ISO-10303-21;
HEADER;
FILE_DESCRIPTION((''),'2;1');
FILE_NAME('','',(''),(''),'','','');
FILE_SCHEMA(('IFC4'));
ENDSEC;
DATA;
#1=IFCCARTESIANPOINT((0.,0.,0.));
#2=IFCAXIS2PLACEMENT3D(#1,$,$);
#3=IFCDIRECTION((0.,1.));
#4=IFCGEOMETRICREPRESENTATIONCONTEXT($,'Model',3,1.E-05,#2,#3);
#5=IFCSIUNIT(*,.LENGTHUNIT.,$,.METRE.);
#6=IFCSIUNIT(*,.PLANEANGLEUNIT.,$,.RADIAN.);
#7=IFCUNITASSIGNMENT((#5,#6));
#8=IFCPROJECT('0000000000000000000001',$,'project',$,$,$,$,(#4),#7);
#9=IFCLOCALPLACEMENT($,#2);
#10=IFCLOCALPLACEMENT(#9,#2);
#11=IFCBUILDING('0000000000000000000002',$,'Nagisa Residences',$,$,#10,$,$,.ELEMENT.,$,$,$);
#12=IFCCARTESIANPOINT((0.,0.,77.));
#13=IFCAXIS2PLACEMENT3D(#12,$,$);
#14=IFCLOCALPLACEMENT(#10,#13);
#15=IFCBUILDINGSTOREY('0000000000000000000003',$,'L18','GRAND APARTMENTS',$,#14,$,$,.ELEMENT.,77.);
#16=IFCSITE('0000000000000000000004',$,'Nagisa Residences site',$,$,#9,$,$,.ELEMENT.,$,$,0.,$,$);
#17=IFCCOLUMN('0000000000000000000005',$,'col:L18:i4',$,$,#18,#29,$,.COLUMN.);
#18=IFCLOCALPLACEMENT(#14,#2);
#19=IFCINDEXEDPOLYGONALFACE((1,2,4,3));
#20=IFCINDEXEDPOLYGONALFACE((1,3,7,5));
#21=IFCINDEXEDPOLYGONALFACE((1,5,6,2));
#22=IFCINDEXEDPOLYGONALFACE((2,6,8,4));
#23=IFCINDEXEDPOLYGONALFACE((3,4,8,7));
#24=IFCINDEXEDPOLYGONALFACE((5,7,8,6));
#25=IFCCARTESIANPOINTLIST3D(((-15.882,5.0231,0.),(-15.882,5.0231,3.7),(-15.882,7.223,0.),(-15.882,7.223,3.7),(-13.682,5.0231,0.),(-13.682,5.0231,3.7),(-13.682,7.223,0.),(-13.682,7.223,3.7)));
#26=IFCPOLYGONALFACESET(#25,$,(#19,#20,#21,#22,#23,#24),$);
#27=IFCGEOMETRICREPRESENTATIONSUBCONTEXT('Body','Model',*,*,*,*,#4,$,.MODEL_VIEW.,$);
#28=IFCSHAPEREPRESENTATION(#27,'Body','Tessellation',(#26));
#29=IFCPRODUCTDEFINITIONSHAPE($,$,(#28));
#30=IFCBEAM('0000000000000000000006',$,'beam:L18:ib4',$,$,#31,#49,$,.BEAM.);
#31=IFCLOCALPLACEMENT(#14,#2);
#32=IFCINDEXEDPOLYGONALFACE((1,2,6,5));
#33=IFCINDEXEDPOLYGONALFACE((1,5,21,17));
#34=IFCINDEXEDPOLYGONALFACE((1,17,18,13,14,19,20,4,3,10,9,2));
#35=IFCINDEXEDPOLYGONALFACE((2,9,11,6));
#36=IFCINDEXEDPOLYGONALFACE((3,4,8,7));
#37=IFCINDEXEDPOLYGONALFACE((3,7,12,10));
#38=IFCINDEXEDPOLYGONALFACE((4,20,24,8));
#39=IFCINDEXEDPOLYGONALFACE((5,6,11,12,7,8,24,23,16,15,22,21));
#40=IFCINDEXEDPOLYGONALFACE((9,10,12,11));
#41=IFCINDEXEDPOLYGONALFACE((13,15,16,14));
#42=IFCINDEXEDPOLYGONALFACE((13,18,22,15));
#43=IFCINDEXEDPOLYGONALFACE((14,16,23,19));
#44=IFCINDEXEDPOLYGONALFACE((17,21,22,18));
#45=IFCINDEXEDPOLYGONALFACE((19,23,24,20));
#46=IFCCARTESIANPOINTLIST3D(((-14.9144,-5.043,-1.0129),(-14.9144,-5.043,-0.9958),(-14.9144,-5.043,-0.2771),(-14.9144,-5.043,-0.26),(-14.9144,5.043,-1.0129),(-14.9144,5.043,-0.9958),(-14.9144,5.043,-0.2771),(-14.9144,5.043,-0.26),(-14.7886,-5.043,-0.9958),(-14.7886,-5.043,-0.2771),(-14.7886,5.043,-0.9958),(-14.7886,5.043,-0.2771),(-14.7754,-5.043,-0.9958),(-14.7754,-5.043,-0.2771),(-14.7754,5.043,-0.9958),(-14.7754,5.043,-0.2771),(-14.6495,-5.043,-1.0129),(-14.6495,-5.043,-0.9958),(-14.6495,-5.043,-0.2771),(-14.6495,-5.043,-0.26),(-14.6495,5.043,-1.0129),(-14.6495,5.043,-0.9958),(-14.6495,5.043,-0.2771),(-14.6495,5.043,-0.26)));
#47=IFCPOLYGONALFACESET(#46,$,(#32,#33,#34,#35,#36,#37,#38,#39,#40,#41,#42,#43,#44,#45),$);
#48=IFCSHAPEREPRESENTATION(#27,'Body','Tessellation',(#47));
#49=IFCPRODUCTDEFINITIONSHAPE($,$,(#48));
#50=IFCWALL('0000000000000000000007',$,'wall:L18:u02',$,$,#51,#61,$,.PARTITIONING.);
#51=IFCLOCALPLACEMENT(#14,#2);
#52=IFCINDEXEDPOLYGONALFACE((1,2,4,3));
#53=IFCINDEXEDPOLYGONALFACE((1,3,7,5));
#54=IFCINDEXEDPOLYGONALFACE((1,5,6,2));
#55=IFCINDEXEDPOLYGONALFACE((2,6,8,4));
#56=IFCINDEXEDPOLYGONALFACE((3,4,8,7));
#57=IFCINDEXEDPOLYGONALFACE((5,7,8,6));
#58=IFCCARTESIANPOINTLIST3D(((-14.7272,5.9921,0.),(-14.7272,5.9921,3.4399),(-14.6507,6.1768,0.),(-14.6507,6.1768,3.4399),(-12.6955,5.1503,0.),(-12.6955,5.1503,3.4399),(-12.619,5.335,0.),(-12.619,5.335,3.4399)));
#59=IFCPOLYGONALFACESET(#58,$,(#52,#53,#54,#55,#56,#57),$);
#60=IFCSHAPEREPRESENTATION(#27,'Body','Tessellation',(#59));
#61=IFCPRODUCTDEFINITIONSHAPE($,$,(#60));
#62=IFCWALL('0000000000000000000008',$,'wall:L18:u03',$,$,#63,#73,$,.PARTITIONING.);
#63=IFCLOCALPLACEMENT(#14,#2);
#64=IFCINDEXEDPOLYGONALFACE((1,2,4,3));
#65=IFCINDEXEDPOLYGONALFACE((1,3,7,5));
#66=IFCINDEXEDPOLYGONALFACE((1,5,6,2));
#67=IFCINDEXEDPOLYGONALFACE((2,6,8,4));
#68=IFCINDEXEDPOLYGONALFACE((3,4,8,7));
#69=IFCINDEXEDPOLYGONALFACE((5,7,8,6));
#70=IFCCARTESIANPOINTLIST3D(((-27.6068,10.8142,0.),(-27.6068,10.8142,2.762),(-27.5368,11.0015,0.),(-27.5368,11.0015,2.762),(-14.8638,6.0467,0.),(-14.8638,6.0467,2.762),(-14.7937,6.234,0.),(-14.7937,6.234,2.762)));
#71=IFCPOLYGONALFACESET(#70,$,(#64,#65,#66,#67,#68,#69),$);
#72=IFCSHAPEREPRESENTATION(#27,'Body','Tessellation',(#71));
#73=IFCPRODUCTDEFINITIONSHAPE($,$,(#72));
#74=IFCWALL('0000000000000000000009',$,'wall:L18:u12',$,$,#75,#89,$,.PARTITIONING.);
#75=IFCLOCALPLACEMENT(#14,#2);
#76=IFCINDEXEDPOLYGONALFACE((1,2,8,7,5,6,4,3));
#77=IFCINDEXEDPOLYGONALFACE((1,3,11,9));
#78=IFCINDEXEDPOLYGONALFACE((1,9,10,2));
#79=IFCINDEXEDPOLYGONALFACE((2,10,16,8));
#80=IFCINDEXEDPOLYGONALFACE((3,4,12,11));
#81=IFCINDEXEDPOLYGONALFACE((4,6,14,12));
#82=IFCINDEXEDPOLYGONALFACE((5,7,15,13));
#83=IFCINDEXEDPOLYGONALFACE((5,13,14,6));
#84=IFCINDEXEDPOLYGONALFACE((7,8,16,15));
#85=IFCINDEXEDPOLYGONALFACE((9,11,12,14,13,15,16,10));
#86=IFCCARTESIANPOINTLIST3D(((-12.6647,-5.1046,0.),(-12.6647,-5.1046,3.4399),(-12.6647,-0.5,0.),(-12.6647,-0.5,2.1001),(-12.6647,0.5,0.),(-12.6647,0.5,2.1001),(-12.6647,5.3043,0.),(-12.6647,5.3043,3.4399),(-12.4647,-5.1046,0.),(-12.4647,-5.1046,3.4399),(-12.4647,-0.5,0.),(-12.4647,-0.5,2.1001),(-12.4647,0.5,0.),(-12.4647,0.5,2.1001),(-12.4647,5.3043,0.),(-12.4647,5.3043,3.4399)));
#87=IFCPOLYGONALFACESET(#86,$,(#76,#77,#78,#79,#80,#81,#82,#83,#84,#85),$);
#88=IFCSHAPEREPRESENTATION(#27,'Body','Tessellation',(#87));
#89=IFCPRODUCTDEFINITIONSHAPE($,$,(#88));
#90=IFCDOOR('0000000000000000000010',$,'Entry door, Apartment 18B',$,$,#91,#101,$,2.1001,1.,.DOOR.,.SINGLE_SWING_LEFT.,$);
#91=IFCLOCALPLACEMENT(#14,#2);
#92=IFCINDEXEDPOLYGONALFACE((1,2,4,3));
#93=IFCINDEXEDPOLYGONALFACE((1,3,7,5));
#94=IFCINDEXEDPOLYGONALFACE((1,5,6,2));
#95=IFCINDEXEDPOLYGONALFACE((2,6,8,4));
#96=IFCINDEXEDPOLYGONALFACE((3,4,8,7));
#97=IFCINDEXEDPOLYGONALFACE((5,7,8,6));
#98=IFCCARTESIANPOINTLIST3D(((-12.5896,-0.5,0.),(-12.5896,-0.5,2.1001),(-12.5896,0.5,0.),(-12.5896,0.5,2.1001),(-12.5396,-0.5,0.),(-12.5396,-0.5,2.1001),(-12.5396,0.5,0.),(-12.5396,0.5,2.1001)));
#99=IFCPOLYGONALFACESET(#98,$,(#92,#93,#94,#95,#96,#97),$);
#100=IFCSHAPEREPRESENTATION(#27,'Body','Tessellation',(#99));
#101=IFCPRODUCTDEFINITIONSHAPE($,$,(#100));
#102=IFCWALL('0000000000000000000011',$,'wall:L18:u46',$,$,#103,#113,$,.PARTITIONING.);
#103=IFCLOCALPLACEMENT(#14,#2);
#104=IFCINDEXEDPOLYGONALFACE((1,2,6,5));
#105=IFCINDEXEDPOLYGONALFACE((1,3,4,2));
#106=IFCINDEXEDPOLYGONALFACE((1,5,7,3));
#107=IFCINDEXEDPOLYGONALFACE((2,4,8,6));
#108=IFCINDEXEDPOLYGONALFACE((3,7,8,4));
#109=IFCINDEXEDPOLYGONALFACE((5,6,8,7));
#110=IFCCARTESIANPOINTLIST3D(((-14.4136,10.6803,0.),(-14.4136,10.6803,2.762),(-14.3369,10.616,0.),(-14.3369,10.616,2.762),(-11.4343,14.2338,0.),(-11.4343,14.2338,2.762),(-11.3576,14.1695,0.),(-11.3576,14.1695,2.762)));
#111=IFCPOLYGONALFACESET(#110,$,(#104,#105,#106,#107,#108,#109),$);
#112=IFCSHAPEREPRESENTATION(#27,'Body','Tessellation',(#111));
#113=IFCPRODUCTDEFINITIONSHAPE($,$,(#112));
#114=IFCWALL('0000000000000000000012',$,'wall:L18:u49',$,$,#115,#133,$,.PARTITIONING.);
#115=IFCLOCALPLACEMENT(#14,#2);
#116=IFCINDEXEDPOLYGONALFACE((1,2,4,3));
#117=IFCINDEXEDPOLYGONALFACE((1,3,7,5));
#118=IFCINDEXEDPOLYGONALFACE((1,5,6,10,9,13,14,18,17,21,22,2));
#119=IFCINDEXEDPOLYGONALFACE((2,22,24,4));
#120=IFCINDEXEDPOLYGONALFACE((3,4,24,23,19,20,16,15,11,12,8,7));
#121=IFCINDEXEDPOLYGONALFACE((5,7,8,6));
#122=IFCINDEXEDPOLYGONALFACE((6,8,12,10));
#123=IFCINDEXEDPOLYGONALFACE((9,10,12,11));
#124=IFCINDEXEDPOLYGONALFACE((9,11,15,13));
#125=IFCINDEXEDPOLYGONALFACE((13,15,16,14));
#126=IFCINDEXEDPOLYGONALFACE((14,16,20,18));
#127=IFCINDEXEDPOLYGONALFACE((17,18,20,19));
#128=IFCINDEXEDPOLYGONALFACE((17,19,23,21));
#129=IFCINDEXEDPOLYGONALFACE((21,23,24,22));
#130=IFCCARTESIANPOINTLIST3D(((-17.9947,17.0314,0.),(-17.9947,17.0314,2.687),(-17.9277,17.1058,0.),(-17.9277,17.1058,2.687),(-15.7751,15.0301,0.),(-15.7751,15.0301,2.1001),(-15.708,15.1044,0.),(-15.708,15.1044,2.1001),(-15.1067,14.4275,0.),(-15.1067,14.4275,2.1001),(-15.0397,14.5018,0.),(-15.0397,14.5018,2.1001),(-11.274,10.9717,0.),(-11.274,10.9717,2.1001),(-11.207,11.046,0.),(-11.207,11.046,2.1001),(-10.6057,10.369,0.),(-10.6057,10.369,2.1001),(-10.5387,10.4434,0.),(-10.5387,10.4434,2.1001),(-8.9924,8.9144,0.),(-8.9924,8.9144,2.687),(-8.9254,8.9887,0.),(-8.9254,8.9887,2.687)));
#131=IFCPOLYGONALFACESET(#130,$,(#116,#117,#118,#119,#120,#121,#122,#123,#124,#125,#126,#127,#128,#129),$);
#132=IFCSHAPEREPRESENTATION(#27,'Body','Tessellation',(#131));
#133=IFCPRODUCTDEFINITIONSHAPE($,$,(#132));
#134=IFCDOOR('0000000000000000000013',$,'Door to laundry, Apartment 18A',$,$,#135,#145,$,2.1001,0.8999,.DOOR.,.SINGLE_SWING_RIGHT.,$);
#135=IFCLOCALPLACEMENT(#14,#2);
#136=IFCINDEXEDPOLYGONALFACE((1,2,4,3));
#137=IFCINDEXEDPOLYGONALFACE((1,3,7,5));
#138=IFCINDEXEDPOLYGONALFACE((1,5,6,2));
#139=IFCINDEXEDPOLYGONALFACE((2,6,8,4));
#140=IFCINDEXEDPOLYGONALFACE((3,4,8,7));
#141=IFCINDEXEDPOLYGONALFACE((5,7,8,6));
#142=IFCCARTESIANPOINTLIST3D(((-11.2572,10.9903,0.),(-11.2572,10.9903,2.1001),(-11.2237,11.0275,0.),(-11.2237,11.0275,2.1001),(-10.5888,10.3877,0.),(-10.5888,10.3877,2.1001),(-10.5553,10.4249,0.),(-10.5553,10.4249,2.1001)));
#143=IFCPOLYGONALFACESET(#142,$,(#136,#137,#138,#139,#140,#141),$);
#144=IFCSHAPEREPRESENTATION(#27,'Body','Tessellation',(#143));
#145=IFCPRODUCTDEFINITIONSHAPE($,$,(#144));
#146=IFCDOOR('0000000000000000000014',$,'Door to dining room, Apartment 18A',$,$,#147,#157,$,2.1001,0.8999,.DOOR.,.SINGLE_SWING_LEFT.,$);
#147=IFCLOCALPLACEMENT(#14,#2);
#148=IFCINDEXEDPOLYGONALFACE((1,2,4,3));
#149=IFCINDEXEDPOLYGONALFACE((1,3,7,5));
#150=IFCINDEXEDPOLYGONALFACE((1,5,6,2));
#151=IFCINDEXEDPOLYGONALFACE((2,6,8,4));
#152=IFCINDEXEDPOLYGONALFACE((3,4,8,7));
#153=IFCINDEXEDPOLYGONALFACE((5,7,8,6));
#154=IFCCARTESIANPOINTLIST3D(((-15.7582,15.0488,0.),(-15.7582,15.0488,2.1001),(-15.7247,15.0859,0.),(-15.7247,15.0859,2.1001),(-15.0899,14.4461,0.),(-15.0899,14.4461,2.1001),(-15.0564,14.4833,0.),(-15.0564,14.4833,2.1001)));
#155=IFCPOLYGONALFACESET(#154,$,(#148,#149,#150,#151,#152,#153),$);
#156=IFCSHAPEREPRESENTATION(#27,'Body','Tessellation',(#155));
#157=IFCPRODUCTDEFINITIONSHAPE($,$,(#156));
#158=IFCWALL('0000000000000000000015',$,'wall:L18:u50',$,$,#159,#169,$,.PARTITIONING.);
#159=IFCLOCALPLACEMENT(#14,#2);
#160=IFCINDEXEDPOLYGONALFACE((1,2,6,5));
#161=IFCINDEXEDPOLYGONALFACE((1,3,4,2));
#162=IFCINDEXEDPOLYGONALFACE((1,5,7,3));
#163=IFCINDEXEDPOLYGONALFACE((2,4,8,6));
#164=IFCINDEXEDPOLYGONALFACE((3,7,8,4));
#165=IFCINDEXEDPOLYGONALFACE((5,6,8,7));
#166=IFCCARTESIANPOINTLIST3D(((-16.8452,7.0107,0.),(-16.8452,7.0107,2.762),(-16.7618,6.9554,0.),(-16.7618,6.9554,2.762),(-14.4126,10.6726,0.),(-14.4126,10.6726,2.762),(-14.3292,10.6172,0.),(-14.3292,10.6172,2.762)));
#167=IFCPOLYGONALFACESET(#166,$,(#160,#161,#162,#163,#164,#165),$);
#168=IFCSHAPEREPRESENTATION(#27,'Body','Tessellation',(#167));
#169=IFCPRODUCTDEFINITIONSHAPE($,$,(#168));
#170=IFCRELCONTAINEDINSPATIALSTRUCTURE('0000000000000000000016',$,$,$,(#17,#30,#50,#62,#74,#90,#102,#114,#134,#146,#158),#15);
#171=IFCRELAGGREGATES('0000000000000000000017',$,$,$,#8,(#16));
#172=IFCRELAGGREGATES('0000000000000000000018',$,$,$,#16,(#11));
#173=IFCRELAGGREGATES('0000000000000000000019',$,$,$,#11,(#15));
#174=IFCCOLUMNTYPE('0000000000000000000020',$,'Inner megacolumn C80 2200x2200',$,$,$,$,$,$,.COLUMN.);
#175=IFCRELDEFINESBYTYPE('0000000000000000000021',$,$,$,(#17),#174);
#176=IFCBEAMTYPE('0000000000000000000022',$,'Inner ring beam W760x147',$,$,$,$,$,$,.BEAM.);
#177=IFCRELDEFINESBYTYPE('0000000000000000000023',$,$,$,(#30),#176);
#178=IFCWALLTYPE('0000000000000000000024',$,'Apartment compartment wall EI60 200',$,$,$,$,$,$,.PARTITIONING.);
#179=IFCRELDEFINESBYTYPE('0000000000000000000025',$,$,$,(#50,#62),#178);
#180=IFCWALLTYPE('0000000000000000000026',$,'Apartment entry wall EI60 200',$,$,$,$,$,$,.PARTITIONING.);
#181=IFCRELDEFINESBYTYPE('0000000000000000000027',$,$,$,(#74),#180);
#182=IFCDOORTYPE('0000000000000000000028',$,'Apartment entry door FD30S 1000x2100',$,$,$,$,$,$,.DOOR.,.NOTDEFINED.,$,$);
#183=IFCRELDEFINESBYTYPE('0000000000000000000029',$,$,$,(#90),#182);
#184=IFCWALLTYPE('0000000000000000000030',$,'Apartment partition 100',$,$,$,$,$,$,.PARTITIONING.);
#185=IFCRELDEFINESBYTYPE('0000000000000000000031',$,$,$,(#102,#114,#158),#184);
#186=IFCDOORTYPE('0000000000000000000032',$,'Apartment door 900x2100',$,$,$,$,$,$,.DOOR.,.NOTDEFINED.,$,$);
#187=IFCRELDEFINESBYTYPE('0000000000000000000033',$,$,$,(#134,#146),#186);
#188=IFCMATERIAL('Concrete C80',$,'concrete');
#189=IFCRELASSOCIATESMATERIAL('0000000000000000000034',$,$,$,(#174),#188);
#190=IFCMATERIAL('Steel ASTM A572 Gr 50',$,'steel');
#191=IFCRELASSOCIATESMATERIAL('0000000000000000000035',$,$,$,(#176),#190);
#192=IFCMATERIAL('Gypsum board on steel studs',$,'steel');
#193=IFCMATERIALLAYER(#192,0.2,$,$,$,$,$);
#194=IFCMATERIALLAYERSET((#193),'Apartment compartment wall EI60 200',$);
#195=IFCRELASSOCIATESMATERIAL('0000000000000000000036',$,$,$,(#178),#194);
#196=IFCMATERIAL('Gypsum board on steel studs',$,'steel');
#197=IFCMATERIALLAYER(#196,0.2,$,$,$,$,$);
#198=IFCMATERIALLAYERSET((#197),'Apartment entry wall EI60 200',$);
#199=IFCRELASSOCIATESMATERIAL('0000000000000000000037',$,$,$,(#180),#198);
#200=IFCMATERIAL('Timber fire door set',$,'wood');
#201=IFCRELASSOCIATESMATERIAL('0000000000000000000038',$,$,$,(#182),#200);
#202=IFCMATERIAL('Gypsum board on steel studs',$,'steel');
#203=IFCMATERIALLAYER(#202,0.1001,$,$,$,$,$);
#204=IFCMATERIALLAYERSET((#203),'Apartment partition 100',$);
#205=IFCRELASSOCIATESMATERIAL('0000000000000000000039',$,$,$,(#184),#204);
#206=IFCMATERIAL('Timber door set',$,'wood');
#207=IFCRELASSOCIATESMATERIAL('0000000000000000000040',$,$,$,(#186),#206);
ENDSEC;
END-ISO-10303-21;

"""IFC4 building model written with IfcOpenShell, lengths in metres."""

from ifc_helpers import new_model, si_unit, direction, frame, frame_2d, origin, origin_2d, place, context, subcontext, project, spatial, rectangle, i_section, extrude, material, layer, layer_set, material_profile, profile_set, type_object, element, fill, save


model = new_model("IFC4")

# Units and contexts
model_context = context("Model", 3, precision=1e-05, world=origin(), true_north=direction((0.0, 1.0)))
body_context = subcontext(model_context, "Body", "Model", "MODEL_VIEW")
ifc_project = project(units=[si_unit("LENGTHUNIT", "METRE"), si_unit("PLANEANGLEUNIT", "RADIAN")], contexts=[model_context])

# Site, building, storey
site_placement = place(None, origin())
site = spatial("IfcSite", under=ifc_project, at=site_placement, Name="Nagisa Residences site", CompositionType="ELEMENT", RefElevation=0.0)
building_placement = place(site_placement, origin())
building = spatial("IfcBuilding", under=site, at=building_placement, Name="Nagisa Residences", CompositionType="ELEMENT")
storey_placement = place(building_placement, frame((0.0, 0.0, 77.0)))
storey = spatial("IfcBuildingStorey", under=building, at=storey_placement, Name="L18", Description="GRAND APARTMENTS", CompositionType="ELEMENT", Elevation=77.0)

# Column
ifc_material_1 = material(Name="Concrete C80", Category="concrete")
ifc_material_profile_1 = material_profile(ifc_material_1, rectangle(XDim=2.2, YDim=2.2, at=origin_2d()), Name="C80 2200x2200")
ifc_profile_set_1 = profile_set([ifc_material_profile_1], Name="Concrete C80")
column_type = type_object("IfcColumnType", Name="Inner megacolumn C80 2200x2200", PredefinedType="COLUMN", material=ifc_profile_set_1)
column_placement = place(storey_placement, frame((-14.782, 6.123, 0.0), z_axis=(0.0, 0.0, 1.0), x_axis=(1.0, 0.0, 0.0)))
element("IfcColumn", 1, at=column_placement, inside=storey, type_object=column_type, Name="col:L18:i4", PredefinedType="COLUMN", context=body_context, shape_type="SweptSolid", body=[
    extrude(rectangle(XDim=2.2, YDim=2.2, at=origin_2d()), origin(), (0.0, 0.0, 1.0), 3.7),
])

# Beam
ifc_material_2 = material(Name="Steel ASTM A572 Gr 50", Category="steel")
ifc_material_profile_2 = material_profile(ifc_material_2, i_section(OverallWidth=0.2649, OverallDepth=0.7529, WebThickness=0.0132, FlangeThickness=0.0171, at=origin_2d()), Name="W760x147")
ifc_profile_set_2 = profile_set([ifc_material_profile_2], Name="Steel ASTM A572 Gr 50")
beam_type = type_object("IfcBeamType", Name="Inner ring beam W760x147", PredefinedType="BEAM", material=ifc_profile_set_2)
beam_placement = place(storey_placement, frame((-14.782, 5.043, -0.6365), z_axis=(0.0, -1.0, 0.0), x_axis=(1.0, 0.0, 0.0)))
element("IfcBeam", 2, at=beam_placement, inside=storey, type_object=beam_type, Name="beam:L18:ib4", PredefinedType="BEAM", context=body_context, shape_type="SweptSolid", body=[
    extrude(i_section(OverallWidth=0.2649, OverallDepth=0.7529, WebThickness=0.0132, FlangeThickness=0.0171, at=origin_2d()), origin(), (0.0, 0.0, 1.0), 10.0859),
])

# Walls
ifc_material_3 = material(Name="Gypsum board on steel studs", Category="steel")
ifc_layer_1 = layer(ifc_material_3, 0.2)
ifc_layer_set_1 = layer_set([ifc_layer_1], Name="Apartment compartment wall EI60 200")
wall_type_1 = type_object("IfcWallType", Name="Apartment compartment wall EI60 200", PredefinedType="PARTITIONING", material=ifc_layer_set_1)
wall_1_placement = place(storey_placement, frame((-12.6572, 5.2427, 0.0), z_axis=(0.0, 0.0, 1.0), x_axis=(-0.923844, 0.38277, 0.0)))
element("IfcWall", 3, at=wall_1_placement, inside=storey, type_object=wall_type_1, Name="wall:L18:u02", PredefinedType="PARTITIONING", context=body_context, shape_type="SweptSolid", body=[
    extrude(rectangle(XDim=2.1992, YDim=0.2, at=frame_2d((1.0996, 0.0))), origin(), (0.0, 0.0, 1.0), 3.4399),
])
wall_2_placement = place(storey_placement, frame((-14.8289, 6.1404, 0.0), z_axis=(0.0, 0.0, 1.0), x_axis=(-0.936597, 0.350408, 0.0)))
element("IfcWall", 4, at=wall_2_placement, inside=storey, type_object=wall_type_1, Name="wall:L18:u03", PredefinedType="PARTITIONING", context=body_context, shape_type="SweptSolid", body=[
    extrude(rectangle(XDim=13.6057, YDim=0.2, at=frame_2d((6.8027, 0.0))), origin(), (0.0, 0.0, 1.0), 2.762),
])

# Wall, opening, door
ifc_material_4 = material(Name="Gypsum board on steel studs", Category="steel")
ifc_layer_2 = layer(ifc_material_4, 0.2)
ifc_layer_set_2 = layer_set([ifc_layer_2], Name="Apartment entry wall EI60 200")
wall_type_2 = type_object("IfcWallType", Name="Apartment entry wall EI60 200", PredefinedType="PARTITIONING", material=ifc_layer_set_2)
wall_3_placement = place(storey_placement, frame((-12.5647, 5.3044, 0.0), z_axis=(0.0, 0.0, 1.0), x_axis=(0.0, -1.0, 0.0)))
wall_3 = element("IfcWall", 5, at=wall_3_placement, inside=storey, type_object=wall_type_2, Name="wall:L18:u12", PredefinedType="PARTITIONING", context=body_context, shape_type="SweptSolid", body=[
    extrude(rectangle(XDim=10.4089, YDim=0.2, at=frame_2d((5.2046, 0.0))), origin(), (0.0, 0.0, 1.0), 3.4399),
])
opening_1_placement = place(wall_3_placement, frame((4.8044, 0.0, 0.0)))
opening_1 = element("IfcOpeningElement", 6, at=opening_1_placement, cuts=wall_3, PredefinedType="OPENING", context=body_context, shape_type="SweptSolid", body=[
    extrude(rectangle(XDim=1.0, YDim=2.1001, at=frame_2d((0.5, 1.05))), frame((0.0, 0.1099, 0.0), z_axis=(0.0, -1.0, 0.0), x_axis=(1.0, 0.0, 0.0)), (0.0, 0.0, 1.0), 0.22),
])
ifc_material_5 = material(Name="Timber fire door set", Category="wood")
door_type_1 = type_object("IfcDoorType", Name="Apartment entry door FD30S 1000x2100", OperationType="NOTDEFINED", PredefinedType="DOOR", material=ifc_material_5)
door_1_placement = place(opening_1_placement, frame((1.0, 0.0, 0.0), x_axis=(-1.0, 0.0, 0.0)))
door_1 = element("IfcDoor", 7, at=door_1_placement, inside=storey, type_object=door_type_1, Name="Entry door, Apartment 18B", OperationType="SINGLE_SWING_LEFT", OverallHeight=2.1001, OverallWidth=1.0, PredefinedType="DOOR", context=body_context, shape_type="SweptSolid", body=[
    extrude(rectangle(XDim=1.0, YDim=2.1001, at=frame_2d((0.5, 1.05))), frame((0.0, 0.0249, 0.0), z_axis=(0.0, -1.0, 0.0), x_axis=(1.0, 0.0, 0.0)), (0.0, 0.0, 1.0), 0.05),
])
fill(opening_1, door_1)

# Wall
ifc_material_6 = material(Name="Gypsum board on steel studs", Category="steel")
ifc_layer_3 = layer(ifc_material_6, 0.1001)
ifc_layer_set_3 = layer_set([ifc_layer_3], Name="Apartment partition 100")
wall_type_3 = type_object("IfcWallType", Name="Apartment partition 100", PredefinedType="PARTITIONING", material=ifc_layer_set_3)
wall_4_placement = place(storey_placement, frame((-11.396, 14.2017, 0.0), z_axis=(0.0, 0.0, 1.0), x_axis=(-0.642476, -0.766306, 0.0)))
element("IfcWall", 8, at=wall_4_placement, inside=storey, type_object=wall_type_3, Name="wall:L18:u46", PredefinedType="PARTITIONING", context=body_context, shape_type="SweptSolid", body=[
    extrude(rectangle(XDim=4.6372, YDim=0.1001, at=frame_2d((2.3186, 0.0))), origin(), (0.0, 0.0, 1.0), 2.762),
])

# Wall, openings, doors
wall_5_placement = place(storey_placement, frame((-8.959, 8.9517, 0.0), z_axis=(0.0, 0.0, 1.0), x_axis=(-0.74268, 0.669647, 0.0)))
wall_5 = element("IfcWall", 9, at=wall_5_placement, inside=storey, type_object=wall_type_3, Name="wall:L18:u49", PredefinedType="PARTITIONING", context=body_context, shape_type="SweptSolid", body=[
    extrude(rectangle(XDim=12.1213, YDim=0.1001, at=frame_2d((6.0605, 0.0))), origin(), (0.0, 0.0, 1.0), 2.687),
])
opening_2_placement = place(wall_5_placement, frame((2.1721, 0.0, 0.0)))
opening_2 = element("IfcOpeningElement", 10, at=opening_2_placement, cuts=wall_5, PredefinedType="OPENING", context=body_context, shape_type="SweptSolid", body=[
    extrude(rectangle(XDim=0.8999, YDim=2.1001, at=frame_2d((0.45, 1.05))), frame((0.0, 0.0601, 0.0), z_axis=(0.0, -1.0, 0.0), x_axis=(1.0, 0.0, 0.0)), (0.0, 0.0, 1.0), 0.1201),
])
opening_3_placement = place(wall_5_placement, frame((8.2327, 0.0, 0.0)))
opening_3 = element("IfcOpeningElement", 11, at=opening_3_placement, cuts=wall_5, PredefinedType="OPENING", context=body_context, shape_type="SweptSolid", body=[
    extrude(rectangle(XDim=0.8999, YDim=2.1001, at=frame_2d((0.45, 1.05))), frame((0.0, 0.0601, 0.0), z_axis=(0.0, -1.0, 0.0), x_axis=(1.0, 0.0, 0.0)), (0.0, 0.0, 1.0), 0.1201),
])
ifc_material_7 = material(Name="Timber door set", Category="wood")
door_type_2 = type_object("IfcDoorType", Name="Apartment door 900x2100", OperationType="NOTDEFINED", PredefinedType="DOOR", material=ifc_material_7)
door_2_placement = place(opening_2_placement, origin())
door_2 = element("IfcDoor", 12, at=door_2_placement, inside=storey, type_object=door_type_2, Name="Door to laundry, Apartment 18A", OperationType="SINGLE_SWING_RIGHT", OverallHeight=2.1001, OverallWidth=0.8999, PredefinedType="DOOR", context=body_context, shape_type="SweptSolid", body=[
    extrude(rectangle(XDim=0.8999, YDim=2.1001, at=frame_2d((0.45, 1.05))), frame((0.0, 0.0249, 0.0), z_axis=(0.0, -1.0, 0.0), x_axis=(1.0, 0.0, 0.0)), (0.0, 0.0, 1.0), 0.05),
])
fill(opening_2, door_2)
door_3_placement = place(opening_3_placement, origin())
door_3 = element("IfcDoor", 13, at=door_3_placement, inside=storey, type_object=door_type_2, Name="Door to dining room, Apartment 18A", OperationType="SINGLE_SWING_LEFT", OverallHeight=2.1001, OverallWidth=0.8999, PredefinedType="DOOR", context=body_context, shape_type="SweptSolid", body=[
    extrude(rectangle(XDim=0.8999, YDim=2.1001, at=frame_2d((0.45, 1.05))), frame((0.0, 0.0249, 0.0), z_axis=(0.0, -1.0, 0.0), x_axis=(1.0, 0.0, 0.0)), (0.0, 0.0, 1.0), 0.05),
])
fill(opening_3, door_3)

# Wall
wall_6_placement = place(storey_placement, frame((-14.3708, 10.645, 0.0), z_axis=(0.0, 0.0, 1.0), x_axis=(-0.553341, -0.832955, 0.0)))
element("IfcWall", 14, at=wall_6_placement, inside=storey, type_object=wall_type_3, Name="wall:L18:u50", PredefinedType="PARTITIONING", context=body_context, shape_type="SweptSolid", body=[
    extrude(rectangle(XDim=4.3962, YDim=0.1001, at=frame_2d((2.1982, 0.0))), origin(), (0.0, 0.0, 1.0), 2.762),
])

save(model, "model.ifc")
